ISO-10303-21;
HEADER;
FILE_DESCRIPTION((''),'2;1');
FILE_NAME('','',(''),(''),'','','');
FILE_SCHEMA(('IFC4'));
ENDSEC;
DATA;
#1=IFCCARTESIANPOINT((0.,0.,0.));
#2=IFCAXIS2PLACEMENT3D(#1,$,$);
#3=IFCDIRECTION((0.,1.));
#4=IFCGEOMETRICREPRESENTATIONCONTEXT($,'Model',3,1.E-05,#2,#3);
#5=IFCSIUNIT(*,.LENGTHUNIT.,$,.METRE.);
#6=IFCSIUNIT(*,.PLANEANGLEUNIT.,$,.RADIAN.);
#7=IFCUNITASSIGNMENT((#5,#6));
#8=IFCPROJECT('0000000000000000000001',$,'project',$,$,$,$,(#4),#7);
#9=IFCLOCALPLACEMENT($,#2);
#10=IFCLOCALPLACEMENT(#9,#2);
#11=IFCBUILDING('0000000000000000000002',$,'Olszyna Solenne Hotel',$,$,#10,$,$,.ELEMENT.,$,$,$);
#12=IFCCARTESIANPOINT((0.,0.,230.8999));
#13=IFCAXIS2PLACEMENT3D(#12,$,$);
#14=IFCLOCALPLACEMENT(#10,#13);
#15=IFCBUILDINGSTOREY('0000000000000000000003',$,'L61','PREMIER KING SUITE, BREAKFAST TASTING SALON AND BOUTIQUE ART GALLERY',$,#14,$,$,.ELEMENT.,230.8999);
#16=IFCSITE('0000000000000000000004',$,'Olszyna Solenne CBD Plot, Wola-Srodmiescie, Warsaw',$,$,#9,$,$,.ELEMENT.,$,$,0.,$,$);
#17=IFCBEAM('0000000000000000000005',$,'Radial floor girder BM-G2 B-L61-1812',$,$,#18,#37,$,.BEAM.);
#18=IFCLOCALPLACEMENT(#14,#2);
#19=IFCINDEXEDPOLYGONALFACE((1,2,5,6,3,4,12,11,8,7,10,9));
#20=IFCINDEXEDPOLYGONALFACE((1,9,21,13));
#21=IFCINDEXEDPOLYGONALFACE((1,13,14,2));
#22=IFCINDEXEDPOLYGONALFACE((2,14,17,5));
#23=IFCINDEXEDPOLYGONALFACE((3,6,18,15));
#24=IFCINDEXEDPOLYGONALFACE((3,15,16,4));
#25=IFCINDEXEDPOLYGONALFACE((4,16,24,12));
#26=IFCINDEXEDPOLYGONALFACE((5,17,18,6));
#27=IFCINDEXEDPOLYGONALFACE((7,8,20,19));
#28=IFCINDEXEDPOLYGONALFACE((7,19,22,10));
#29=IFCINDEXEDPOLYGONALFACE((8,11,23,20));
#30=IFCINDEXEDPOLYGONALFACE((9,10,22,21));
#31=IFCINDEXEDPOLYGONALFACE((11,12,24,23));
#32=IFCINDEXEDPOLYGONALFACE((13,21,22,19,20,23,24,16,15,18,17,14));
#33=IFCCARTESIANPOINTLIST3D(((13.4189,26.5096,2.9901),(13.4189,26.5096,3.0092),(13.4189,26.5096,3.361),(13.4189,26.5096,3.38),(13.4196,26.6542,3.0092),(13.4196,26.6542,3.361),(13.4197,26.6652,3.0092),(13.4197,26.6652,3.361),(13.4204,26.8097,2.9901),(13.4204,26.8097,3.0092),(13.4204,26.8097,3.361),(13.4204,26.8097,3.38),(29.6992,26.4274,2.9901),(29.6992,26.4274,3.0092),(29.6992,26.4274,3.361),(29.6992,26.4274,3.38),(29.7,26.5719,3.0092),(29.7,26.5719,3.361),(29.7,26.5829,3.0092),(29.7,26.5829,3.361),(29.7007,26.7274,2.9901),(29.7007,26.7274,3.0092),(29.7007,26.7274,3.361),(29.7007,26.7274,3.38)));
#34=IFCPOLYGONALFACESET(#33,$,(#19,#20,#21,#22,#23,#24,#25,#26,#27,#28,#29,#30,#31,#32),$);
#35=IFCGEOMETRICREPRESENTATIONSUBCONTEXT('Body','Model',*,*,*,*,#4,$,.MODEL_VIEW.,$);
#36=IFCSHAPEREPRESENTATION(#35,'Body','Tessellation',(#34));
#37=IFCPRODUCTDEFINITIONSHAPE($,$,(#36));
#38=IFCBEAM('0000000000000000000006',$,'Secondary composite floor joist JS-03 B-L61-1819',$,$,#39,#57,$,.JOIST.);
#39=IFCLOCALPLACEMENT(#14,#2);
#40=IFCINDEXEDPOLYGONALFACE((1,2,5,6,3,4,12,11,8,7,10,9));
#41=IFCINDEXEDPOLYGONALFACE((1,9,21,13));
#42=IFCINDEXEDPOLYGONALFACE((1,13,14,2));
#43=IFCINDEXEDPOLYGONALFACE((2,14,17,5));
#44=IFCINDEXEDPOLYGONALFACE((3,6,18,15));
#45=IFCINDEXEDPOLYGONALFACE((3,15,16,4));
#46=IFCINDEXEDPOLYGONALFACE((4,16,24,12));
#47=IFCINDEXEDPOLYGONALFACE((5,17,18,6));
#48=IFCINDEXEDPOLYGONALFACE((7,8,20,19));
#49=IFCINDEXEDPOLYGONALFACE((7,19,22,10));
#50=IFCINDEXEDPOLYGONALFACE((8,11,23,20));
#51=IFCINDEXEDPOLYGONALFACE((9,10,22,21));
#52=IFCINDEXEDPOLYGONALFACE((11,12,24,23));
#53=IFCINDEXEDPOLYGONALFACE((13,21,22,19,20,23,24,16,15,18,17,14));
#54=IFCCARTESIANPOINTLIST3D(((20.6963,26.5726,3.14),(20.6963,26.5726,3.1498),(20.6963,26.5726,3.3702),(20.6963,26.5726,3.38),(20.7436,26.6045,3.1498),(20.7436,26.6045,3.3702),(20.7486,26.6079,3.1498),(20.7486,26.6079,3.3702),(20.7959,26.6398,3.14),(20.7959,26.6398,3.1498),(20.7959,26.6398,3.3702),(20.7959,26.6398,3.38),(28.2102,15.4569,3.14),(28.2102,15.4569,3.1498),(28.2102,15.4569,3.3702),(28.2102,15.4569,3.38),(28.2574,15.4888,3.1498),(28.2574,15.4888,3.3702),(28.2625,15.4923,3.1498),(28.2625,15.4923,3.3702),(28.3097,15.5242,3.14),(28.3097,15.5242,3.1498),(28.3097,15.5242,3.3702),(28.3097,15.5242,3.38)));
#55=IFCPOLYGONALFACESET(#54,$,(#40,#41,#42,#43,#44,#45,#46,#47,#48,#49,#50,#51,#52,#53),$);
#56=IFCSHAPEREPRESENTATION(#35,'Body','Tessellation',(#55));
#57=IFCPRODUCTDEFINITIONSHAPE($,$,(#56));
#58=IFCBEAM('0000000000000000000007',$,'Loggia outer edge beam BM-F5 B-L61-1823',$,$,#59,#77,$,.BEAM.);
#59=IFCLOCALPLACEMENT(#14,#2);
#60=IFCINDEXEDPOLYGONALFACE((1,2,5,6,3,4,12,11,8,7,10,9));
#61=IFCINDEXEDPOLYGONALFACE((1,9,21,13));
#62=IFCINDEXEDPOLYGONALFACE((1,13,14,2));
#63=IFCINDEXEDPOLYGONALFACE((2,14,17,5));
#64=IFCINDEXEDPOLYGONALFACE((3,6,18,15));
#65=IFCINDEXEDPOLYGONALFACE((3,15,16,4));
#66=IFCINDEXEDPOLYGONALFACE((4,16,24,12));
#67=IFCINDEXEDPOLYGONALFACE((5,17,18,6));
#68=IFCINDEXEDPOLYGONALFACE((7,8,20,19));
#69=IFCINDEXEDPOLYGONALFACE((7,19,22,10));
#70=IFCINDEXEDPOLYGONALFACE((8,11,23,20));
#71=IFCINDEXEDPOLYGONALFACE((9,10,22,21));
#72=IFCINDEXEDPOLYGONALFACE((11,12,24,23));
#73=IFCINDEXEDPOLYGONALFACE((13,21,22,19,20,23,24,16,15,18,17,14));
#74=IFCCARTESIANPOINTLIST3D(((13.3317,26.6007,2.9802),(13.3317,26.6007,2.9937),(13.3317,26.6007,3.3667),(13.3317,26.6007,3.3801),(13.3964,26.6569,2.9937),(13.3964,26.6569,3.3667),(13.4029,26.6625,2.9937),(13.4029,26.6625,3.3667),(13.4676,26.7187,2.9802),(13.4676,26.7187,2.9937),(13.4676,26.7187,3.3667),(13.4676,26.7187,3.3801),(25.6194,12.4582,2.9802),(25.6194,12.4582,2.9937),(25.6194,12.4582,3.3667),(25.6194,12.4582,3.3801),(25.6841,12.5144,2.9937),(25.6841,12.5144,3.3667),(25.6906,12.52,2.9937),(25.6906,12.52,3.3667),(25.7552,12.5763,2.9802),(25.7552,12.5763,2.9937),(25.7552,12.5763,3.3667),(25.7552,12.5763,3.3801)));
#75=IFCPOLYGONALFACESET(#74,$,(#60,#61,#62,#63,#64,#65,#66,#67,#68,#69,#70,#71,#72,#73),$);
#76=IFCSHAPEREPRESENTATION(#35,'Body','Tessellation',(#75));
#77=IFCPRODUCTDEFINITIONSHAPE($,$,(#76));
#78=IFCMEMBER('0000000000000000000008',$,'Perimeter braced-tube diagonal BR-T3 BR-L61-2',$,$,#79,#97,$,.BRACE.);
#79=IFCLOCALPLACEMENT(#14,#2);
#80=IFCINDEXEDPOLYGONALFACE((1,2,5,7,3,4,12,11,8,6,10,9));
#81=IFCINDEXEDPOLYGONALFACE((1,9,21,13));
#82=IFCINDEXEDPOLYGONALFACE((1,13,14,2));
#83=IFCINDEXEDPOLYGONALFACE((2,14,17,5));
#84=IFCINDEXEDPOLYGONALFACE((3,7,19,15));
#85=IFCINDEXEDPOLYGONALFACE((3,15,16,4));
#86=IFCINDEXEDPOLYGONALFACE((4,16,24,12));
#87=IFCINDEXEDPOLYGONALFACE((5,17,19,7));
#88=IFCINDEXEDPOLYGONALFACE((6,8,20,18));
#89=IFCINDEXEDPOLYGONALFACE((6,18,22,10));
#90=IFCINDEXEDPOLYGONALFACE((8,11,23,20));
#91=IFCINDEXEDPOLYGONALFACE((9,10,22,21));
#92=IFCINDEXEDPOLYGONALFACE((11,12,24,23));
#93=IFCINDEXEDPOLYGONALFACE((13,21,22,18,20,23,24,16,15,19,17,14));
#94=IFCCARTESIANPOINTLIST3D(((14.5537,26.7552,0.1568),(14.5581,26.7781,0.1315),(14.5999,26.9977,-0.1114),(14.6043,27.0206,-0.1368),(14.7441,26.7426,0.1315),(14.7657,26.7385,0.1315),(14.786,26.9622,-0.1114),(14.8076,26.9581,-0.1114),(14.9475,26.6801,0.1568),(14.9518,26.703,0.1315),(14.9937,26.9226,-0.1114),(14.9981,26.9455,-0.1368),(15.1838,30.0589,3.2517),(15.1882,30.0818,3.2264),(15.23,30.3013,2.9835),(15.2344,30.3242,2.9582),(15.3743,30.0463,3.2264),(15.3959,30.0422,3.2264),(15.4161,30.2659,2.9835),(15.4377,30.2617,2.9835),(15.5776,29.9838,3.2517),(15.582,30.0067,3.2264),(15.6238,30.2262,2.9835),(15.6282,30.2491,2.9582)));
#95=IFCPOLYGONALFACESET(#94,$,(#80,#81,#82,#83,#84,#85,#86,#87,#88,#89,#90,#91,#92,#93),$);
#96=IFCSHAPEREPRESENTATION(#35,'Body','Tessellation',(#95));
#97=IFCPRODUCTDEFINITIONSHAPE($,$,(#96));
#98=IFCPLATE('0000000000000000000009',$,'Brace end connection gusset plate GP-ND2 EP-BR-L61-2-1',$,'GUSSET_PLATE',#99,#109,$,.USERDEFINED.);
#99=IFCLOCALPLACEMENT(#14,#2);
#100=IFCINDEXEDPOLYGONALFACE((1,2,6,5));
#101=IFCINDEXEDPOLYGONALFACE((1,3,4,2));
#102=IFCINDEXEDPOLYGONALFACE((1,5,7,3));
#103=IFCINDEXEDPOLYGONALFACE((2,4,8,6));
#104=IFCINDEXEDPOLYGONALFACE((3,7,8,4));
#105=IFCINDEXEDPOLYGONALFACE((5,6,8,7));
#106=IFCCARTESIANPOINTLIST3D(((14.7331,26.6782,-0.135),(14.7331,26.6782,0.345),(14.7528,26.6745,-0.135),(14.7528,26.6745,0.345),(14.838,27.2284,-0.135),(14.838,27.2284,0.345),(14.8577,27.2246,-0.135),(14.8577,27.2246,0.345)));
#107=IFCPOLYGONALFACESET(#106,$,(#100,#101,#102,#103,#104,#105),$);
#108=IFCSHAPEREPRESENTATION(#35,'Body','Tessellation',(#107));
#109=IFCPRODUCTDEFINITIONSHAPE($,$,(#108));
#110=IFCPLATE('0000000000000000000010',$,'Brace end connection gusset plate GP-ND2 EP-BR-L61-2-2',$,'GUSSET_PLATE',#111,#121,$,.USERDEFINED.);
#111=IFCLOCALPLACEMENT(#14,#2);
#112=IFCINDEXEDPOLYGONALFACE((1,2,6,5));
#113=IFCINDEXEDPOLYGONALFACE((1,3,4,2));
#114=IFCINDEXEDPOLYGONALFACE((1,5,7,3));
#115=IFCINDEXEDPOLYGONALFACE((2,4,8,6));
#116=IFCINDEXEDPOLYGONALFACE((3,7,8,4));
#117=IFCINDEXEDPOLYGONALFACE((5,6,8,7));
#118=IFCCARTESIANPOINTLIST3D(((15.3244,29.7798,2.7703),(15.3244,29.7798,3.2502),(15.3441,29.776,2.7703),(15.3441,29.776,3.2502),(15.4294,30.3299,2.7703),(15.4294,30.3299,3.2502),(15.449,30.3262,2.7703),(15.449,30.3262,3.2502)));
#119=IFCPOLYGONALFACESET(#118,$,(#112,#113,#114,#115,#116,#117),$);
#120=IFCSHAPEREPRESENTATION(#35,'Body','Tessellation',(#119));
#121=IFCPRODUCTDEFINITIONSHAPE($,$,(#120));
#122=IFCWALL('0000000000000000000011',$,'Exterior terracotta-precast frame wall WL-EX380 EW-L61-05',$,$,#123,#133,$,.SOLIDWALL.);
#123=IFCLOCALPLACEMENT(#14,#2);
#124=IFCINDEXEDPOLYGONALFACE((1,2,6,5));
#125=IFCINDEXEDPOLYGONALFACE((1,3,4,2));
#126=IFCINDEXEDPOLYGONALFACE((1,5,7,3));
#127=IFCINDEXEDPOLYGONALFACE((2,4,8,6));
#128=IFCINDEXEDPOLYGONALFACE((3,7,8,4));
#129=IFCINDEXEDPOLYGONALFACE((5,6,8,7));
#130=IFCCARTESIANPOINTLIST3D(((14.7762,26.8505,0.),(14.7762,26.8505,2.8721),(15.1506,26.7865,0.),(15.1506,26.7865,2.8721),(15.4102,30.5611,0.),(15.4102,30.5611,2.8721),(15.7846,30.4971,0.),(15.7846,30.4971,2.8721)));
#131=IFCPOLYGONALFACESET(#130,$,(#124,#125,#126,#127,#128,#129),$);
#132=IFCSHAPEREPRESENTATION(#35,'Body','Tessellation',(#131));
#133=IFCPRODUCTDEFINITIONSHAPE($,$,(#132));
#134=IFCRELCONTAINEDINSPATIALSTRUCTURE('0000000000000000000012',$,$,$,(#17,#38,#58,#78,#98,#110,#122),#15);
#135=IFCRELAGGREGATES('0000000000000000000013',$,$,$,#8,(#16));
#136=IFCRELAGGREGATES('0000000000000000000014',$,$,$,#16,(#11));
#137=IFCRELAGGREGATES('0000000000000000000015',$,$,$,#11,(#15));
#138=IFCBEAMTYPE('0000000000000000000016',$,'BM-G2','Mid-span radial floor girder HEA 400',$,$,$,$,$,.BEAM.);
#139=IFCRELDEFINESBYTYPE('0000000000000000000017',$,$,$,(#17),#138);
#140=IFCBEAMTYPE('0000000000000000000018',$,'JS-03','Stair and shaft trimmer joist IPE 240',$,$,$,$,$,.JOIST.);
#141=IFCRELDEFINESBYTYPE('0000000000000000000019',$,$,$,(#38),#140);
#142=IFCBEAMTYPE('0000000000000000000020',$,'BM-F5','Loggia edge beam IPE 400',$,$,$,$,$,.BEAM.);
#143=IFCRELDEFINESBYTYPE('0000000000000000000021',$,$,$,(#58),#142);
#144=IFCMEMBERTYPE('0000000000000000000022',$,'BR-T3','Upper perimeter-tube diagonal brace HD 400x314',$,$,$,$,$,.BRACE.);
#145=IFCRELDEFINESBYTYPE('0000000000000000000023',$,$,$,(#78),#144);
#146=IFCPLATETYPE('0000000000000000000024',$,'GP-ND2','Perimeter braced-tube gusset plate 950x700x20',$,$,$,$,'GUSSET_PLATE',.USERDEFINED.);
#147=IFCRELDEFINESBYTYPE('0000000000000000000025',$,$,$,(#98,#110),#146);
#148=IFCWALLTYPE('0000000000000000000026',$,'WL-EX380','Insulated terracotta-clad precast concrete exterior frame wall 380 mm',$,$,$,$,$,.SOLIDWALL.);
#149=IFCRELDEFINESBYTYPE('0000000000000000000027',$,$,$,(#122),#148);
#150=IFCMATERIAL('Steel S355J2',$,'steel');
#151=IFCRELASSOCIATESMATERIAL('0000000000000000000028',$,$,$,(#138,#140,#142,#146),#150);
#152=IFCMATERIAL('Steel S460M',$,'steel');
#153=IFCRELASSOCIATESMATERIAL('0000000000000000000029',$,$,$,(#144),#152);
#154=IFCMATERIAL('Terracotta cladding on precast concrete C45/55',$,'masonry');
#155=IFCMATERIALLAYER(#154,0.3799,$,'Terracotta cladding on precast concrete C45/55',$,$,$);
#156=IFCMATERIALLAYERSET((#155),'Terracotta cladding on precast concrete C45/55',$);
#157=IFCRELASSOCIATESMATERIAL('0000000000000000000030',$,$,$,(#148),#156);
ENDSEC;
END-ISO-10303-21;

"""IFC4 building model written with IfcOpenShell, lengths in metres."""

from ifc_helpers import new_model, si_unit, direction, frame, frame_2d, origin, origin_2d, place, context, subcontext, project, spatial, rectangle, i_section, extrude, source, transform, mapped, material, layer, layer_set, material_profile, profile_set, type_object, element, save


model = new_model("IFC4")

# Units and contexts
model_context = context("Model", 3, precision=1e-05, world=origin(), true_north=direction((0.0, 1.0)))
body_context = subcontext(model_context, "Body", "Model", "MODEL_VIEW")
ifc_project = project(units=[si_unit("LENGTHUNIT", "METRE"), si_unit("PLANEANGLEUNIT", "RADIAN")], contexts=[model_context])

# Site, building, storey
site_placement = place(None, origin())
site = spatial("IfcSite", under=ifc_project, at=site_placement, Name="Olszyna Solenne CBD Plot, Wola-Srodmiescie, Warsaw", CompositionType="ELEMENT", RefElevation=0.0)
building_placement = place(site_placement, origin())
building = spatial("IfcBuilding", under=site, at=building_placement, Name="Olszyna Solenne Hotel", CompositionType="ELEMENT")
storey_placement = place(building_placement, frame((0.0, 0.0, 230.8999)))
storey = spatial("IfcBuildingStorey", under=building, at=storey_placement, Name="L61", Description="PREMIER KING SUITE, BREAKFAST TASTING SALON AND BOUTIQUE ART GALLERY", CompositionType="ELEMENT", Elevation=230.8999)

# Shared definitions
ifc_material_1 = material(Name="Steel S460M", Category="steel")

# Beams
ifc_material_2 = material(Name="Steel S355J2", Category="steel")
ifc_material_profile_1 = material_profile(ifc_material_2, i_section(OverallWidth=0.3, OverallDepth=0.3899, WebThickness=0.011, FlangeThickness=0.019, at=origin_2d()), Name="HEA 400", Category="load-bearing")
ifc_profile_set_1 = profile_set([ifc_material_profile_1], Name="Steel S355J2")
beam_type_1 = type_object("IfcBeamType", Name="BM-G2", Description="Mid-span radial floor girder HEA 400", PredefinedType="BEAM", material=ifc_profile_set_1)
shared_shape_1 = source(origin(), body_context, "Body", "SweptSolid", [
    extrude(i_section(OverallWidth=0.3, OverallDepth=0.3899, WebThickness=0.011, FlangeThickness=0.019, at=origin_2d()), origin(), (0.0, 0.0, 1.0), 16.2805),
])
beam_1_placement = place(storey_placement, frame((13.4197, 26.6597, 3.1851), z_axis=(0.999987, -0.005054, 0.0), x_axis=(0.005054, 0.999987, 0.0)))
element("IfcBeam", 1, at=beam_1_placement, inside=storey, type_object=beam_type_1, Name="Radial floor girder BM-G2 B-L61-1812", PredefinedType="BEAM", context=body_context, shape_type="MappedRepresentation", body=[
    mapped(shared_shape_1, transform((0.0, 0.0, 0.0), x_axis=(1.0, 0.0, 0.0), y_axis=(0.0, 1.0, 0.0), z_axis=(0.0, 0.0, 1.0), scale=1.0)),
])
ifc_material_profile_2 = material_profile(ifc_material_2, i_section(OverallWidth=0.1201, OverallDepth=0.24, WebThickness=0.0061, FlangeThickness=0.0098, at=origin_2d()), Name="IPE 240", Category="load-bearing")
ifc_profile_set_2 = profile_set([ifc_material_profile_2], Name="Steel S355J2")
beam_type_2 = type_object("IfcBeamType", Name="JS-03", Description="Stair and shaft trimmer joist IPE 240", PredefinedType="JOIST", material=ifc_profile_set_2)
shared_shape_2 = source(origin(), body_context, "Body", "SweptSolid", [
    extrude(i_section(OverallWidth=0.1201, OverallDepth=0.24, WebThickness=0.0061, FlangeThickness=0.0098, at=origin_2d()), origin(), (0.0, 0.0, 1.0), 13.417),
])
beam_2_placement = place(storey_placement, frame((20.7461, 26.6062, 3.26), z_axis=(0.560026, -0.828475, 0.0), x_axis=(0.828475, 0.560026, 0.0)))
element("IfcBeam", 2, at=beam_2_placement, inside=storey, type_object=beam_type_2, Name="Secondary composite floor joist JS-03 B-L61-1819", PredefinedType="JOIST", context=body_context, shape_type="MappedRepresentation", body=[
    mapped(shared_shape_2, transform((0.0, 0.0, 0.0), x_axis=(1.0, 0.0, 0.0), y_axis=(0.0, 1.0, 0.0), z_axis=(0.0, 0.0, 1.0), scale=1.0)),
])
ifc_material_profile_3 = material_profile(ifc_material_2, i_section(OverallWidth=0.1799, OverallDepth=0.3999, WebThickness=0.0085, FlangeThickness=0.0134, at=origin_2d()), Name="IPE 400", Category="load-bearing")
ifc_profile_set_3 = profile_set([ifc_material_profile_3], Name="Steel S355J2")
beam_type_3 = type_object("IfcBeamType", Name="BM-F5", Description="Loggia edge beam IPE 400", PredefinedType="BEAM", material=ifc_profile_set_3)
shared_shape_3 = source(origin(), body_context, "Body", "SweptSolid", [
    extrude(i_section(OverallWidth=0.1799, OverallDepth=0.3999, WebThickness=0.0085, FlangeThickness=0.0134, at=origin_2d()), origin(), (0.0, 0.0, 1.0), 18.7349),
])
beam_3_placement = place(storey_placement, frame((13.3997, 26.6597, 3.1802), z_axis=(0.655872, -0.754872, 0.0), x_axis=(0.754872, 0.655872, 0.0)))
element("IfcBeam", 3, at=beam_3_placement, inside=storey, type_object=beam_type_3, Name="Loggia outer edge beam BM-F5 B-L61-1823", PredefinedType="BEAM", context=body_context, shape_type="MappedRepresentation", body=[
    mapped(shared_shape_3, transform((0.0, 0.0, 0.0), x_axis=(1.0, 0.0, 0.0), y_axis=(0.0, 1.0, 0.0), z_axis=(0.0, 0.0, 1.0), scale=1.0)),
])

# Member
ifc_material_profile_4 = material_profile(ifc_material_1, i_section(OverallWidth=0.4009, OverallDepth=0.3989, WebThickness=0.022, FlangeThickness=0.0344, at=origin_2d()), Name="HD 400x314", Category="load-bearing")
ifc_profile_set_4 = profile_set([ifc_material_profile_4], Name="Steel S460M")
member_type = type_object("IfcMemberType", Name="BR-T3", Description="Upper perimeter-tube diagonal brace HD 400x314", PredefinedType="BRACE", material=ifc_profile_set_4)
shared_shape_4 = source(origin(), body_context, "Body", "SweptSolid", [
    extrude(i_section(OverallWidth=0.4009, OverallDepth=0.3989, WebThickness=0.022, FlangeThickness=0.0344, at=origin_2d()), origin(), (0.0, 0.0, 1.0), 4.5706),
])
member_placement = place(storey_placement, frame((14.7759, 26.8503, 0.01), z_axis=(0.137865, 0.722817, 0.677147), x_axis=(-0.982292, 0.187356, 0.0)))
element("IfcMember", 4, at=member_placement, inside=storey, type_object=member_type, Name="Perimeter braced-tube diagonal BR-T3 BR-L61-2", PredefinedType="BRACE", context=body_context, shape_type="MappedRepresentation", body=[
    mapped(shared_shape_4, transform((0.0, 0.0, 0.0), x_axis=(1.0, 0.0, 0.0), y_axis=(0.0, 1.0, 0.0), z_axis=(0.0, 0.0, 1.0), scale=1.0)),
])

# Plates
plate_type = type_object("IfcPlateType", Name="GP-ND2", Description="Perimeter braced-tube gusset plate 950x700x20", ElementType="GUSSET_PLATE", PredefinedType="USERDEFINED", material=ifc_material_2)
shared_shape_5 = source(origin(), body_context, "Body", "SweptSolid", [
    extrude(rectangle(XDim=0.5601, YDim=0.02, at=origin_2d()), origin(), (0.0, 0.0, 1.0), 0.48),
])
for number, where, z_axis, x_axis, name in (
    (5, (14.7954, 26.9514, -0.135), (0.0, 0.0, 1.0), (0.187381, 0.982287, 0.0), "Brace end connection gusset plate GP-ND2 EP-BR-L61-2-1"),
    (6, (15.3867, 30.053, 2.7703), (0.0, 0.0, 1.0), (0.187381, 0.982287, 0.0), "Brace end connection gusset plate GP-ND2 EP-BR-L61-2-2"),
):
    element("IfcPlate", number, at=place(storey_placement, frame(where, z_axis=z_axis, x_axis=x_axis)), inside=storey, type_object=plate_type, Name=name, ObjectType="GUSSET_PLATE", PredefinedType="USERDEFINED", context=body_context, shape_type="MappedRepresentation", body=[
        mapped(shared_shape_5, transform((0.0, 0.0, 0.0), x_axis=(1.0, 0.0, 0.0), y_axis=(0.0, 1.0, 0.0), z_axis=(0.0, 0.0, 1.0), scale=1.0)),
    ])

# Wall
ifc_material_3 = material(Name="Terracotta cladding on precast concrete C45/55", Category="masonry")
ifc_layer_1 = layer(ifc_material_3, 0.3799, Name="Terracotta cladding on precast concrete C45/55")
ifc_layer_set_1 = layer_set([ifc_layer_1], Name="Terracotta cladding on precast concrete C45/55")
wall_type_1 = type_object("IfcWallType", Name="WL-EX380", Description="Insulated terracotta-clad precast concrete exterior frame wall 380 mm", PredefinedType="SOLIDWALL", material=ifc_layer_set_1)
wall_1_placement = place(storey_placement, frame((14.9634, 26.8184, 0.0), z_axis=(0.0, 0.0, 1.0), x_axis=(0.168426, 0.985714, 0.0)))
element("IfcWall", 7, at=wall_1_placement, inside=storey, type_object=wall_type_1, Name="Exterior terracotta-precast frame wall WL-EX380 EW-L61-05", PredefinedType="SOLIDWALL", context=body_context, shape_type="SweptSolid", body=[
    extrude(rectangle(XDim=3.7644, YDim=0.3799, at=frame_2d((1.8823, 0.0))), origin(), (0.0, 0.0, 1.0), 2.8721),
])

save(model, "model.ifc")
